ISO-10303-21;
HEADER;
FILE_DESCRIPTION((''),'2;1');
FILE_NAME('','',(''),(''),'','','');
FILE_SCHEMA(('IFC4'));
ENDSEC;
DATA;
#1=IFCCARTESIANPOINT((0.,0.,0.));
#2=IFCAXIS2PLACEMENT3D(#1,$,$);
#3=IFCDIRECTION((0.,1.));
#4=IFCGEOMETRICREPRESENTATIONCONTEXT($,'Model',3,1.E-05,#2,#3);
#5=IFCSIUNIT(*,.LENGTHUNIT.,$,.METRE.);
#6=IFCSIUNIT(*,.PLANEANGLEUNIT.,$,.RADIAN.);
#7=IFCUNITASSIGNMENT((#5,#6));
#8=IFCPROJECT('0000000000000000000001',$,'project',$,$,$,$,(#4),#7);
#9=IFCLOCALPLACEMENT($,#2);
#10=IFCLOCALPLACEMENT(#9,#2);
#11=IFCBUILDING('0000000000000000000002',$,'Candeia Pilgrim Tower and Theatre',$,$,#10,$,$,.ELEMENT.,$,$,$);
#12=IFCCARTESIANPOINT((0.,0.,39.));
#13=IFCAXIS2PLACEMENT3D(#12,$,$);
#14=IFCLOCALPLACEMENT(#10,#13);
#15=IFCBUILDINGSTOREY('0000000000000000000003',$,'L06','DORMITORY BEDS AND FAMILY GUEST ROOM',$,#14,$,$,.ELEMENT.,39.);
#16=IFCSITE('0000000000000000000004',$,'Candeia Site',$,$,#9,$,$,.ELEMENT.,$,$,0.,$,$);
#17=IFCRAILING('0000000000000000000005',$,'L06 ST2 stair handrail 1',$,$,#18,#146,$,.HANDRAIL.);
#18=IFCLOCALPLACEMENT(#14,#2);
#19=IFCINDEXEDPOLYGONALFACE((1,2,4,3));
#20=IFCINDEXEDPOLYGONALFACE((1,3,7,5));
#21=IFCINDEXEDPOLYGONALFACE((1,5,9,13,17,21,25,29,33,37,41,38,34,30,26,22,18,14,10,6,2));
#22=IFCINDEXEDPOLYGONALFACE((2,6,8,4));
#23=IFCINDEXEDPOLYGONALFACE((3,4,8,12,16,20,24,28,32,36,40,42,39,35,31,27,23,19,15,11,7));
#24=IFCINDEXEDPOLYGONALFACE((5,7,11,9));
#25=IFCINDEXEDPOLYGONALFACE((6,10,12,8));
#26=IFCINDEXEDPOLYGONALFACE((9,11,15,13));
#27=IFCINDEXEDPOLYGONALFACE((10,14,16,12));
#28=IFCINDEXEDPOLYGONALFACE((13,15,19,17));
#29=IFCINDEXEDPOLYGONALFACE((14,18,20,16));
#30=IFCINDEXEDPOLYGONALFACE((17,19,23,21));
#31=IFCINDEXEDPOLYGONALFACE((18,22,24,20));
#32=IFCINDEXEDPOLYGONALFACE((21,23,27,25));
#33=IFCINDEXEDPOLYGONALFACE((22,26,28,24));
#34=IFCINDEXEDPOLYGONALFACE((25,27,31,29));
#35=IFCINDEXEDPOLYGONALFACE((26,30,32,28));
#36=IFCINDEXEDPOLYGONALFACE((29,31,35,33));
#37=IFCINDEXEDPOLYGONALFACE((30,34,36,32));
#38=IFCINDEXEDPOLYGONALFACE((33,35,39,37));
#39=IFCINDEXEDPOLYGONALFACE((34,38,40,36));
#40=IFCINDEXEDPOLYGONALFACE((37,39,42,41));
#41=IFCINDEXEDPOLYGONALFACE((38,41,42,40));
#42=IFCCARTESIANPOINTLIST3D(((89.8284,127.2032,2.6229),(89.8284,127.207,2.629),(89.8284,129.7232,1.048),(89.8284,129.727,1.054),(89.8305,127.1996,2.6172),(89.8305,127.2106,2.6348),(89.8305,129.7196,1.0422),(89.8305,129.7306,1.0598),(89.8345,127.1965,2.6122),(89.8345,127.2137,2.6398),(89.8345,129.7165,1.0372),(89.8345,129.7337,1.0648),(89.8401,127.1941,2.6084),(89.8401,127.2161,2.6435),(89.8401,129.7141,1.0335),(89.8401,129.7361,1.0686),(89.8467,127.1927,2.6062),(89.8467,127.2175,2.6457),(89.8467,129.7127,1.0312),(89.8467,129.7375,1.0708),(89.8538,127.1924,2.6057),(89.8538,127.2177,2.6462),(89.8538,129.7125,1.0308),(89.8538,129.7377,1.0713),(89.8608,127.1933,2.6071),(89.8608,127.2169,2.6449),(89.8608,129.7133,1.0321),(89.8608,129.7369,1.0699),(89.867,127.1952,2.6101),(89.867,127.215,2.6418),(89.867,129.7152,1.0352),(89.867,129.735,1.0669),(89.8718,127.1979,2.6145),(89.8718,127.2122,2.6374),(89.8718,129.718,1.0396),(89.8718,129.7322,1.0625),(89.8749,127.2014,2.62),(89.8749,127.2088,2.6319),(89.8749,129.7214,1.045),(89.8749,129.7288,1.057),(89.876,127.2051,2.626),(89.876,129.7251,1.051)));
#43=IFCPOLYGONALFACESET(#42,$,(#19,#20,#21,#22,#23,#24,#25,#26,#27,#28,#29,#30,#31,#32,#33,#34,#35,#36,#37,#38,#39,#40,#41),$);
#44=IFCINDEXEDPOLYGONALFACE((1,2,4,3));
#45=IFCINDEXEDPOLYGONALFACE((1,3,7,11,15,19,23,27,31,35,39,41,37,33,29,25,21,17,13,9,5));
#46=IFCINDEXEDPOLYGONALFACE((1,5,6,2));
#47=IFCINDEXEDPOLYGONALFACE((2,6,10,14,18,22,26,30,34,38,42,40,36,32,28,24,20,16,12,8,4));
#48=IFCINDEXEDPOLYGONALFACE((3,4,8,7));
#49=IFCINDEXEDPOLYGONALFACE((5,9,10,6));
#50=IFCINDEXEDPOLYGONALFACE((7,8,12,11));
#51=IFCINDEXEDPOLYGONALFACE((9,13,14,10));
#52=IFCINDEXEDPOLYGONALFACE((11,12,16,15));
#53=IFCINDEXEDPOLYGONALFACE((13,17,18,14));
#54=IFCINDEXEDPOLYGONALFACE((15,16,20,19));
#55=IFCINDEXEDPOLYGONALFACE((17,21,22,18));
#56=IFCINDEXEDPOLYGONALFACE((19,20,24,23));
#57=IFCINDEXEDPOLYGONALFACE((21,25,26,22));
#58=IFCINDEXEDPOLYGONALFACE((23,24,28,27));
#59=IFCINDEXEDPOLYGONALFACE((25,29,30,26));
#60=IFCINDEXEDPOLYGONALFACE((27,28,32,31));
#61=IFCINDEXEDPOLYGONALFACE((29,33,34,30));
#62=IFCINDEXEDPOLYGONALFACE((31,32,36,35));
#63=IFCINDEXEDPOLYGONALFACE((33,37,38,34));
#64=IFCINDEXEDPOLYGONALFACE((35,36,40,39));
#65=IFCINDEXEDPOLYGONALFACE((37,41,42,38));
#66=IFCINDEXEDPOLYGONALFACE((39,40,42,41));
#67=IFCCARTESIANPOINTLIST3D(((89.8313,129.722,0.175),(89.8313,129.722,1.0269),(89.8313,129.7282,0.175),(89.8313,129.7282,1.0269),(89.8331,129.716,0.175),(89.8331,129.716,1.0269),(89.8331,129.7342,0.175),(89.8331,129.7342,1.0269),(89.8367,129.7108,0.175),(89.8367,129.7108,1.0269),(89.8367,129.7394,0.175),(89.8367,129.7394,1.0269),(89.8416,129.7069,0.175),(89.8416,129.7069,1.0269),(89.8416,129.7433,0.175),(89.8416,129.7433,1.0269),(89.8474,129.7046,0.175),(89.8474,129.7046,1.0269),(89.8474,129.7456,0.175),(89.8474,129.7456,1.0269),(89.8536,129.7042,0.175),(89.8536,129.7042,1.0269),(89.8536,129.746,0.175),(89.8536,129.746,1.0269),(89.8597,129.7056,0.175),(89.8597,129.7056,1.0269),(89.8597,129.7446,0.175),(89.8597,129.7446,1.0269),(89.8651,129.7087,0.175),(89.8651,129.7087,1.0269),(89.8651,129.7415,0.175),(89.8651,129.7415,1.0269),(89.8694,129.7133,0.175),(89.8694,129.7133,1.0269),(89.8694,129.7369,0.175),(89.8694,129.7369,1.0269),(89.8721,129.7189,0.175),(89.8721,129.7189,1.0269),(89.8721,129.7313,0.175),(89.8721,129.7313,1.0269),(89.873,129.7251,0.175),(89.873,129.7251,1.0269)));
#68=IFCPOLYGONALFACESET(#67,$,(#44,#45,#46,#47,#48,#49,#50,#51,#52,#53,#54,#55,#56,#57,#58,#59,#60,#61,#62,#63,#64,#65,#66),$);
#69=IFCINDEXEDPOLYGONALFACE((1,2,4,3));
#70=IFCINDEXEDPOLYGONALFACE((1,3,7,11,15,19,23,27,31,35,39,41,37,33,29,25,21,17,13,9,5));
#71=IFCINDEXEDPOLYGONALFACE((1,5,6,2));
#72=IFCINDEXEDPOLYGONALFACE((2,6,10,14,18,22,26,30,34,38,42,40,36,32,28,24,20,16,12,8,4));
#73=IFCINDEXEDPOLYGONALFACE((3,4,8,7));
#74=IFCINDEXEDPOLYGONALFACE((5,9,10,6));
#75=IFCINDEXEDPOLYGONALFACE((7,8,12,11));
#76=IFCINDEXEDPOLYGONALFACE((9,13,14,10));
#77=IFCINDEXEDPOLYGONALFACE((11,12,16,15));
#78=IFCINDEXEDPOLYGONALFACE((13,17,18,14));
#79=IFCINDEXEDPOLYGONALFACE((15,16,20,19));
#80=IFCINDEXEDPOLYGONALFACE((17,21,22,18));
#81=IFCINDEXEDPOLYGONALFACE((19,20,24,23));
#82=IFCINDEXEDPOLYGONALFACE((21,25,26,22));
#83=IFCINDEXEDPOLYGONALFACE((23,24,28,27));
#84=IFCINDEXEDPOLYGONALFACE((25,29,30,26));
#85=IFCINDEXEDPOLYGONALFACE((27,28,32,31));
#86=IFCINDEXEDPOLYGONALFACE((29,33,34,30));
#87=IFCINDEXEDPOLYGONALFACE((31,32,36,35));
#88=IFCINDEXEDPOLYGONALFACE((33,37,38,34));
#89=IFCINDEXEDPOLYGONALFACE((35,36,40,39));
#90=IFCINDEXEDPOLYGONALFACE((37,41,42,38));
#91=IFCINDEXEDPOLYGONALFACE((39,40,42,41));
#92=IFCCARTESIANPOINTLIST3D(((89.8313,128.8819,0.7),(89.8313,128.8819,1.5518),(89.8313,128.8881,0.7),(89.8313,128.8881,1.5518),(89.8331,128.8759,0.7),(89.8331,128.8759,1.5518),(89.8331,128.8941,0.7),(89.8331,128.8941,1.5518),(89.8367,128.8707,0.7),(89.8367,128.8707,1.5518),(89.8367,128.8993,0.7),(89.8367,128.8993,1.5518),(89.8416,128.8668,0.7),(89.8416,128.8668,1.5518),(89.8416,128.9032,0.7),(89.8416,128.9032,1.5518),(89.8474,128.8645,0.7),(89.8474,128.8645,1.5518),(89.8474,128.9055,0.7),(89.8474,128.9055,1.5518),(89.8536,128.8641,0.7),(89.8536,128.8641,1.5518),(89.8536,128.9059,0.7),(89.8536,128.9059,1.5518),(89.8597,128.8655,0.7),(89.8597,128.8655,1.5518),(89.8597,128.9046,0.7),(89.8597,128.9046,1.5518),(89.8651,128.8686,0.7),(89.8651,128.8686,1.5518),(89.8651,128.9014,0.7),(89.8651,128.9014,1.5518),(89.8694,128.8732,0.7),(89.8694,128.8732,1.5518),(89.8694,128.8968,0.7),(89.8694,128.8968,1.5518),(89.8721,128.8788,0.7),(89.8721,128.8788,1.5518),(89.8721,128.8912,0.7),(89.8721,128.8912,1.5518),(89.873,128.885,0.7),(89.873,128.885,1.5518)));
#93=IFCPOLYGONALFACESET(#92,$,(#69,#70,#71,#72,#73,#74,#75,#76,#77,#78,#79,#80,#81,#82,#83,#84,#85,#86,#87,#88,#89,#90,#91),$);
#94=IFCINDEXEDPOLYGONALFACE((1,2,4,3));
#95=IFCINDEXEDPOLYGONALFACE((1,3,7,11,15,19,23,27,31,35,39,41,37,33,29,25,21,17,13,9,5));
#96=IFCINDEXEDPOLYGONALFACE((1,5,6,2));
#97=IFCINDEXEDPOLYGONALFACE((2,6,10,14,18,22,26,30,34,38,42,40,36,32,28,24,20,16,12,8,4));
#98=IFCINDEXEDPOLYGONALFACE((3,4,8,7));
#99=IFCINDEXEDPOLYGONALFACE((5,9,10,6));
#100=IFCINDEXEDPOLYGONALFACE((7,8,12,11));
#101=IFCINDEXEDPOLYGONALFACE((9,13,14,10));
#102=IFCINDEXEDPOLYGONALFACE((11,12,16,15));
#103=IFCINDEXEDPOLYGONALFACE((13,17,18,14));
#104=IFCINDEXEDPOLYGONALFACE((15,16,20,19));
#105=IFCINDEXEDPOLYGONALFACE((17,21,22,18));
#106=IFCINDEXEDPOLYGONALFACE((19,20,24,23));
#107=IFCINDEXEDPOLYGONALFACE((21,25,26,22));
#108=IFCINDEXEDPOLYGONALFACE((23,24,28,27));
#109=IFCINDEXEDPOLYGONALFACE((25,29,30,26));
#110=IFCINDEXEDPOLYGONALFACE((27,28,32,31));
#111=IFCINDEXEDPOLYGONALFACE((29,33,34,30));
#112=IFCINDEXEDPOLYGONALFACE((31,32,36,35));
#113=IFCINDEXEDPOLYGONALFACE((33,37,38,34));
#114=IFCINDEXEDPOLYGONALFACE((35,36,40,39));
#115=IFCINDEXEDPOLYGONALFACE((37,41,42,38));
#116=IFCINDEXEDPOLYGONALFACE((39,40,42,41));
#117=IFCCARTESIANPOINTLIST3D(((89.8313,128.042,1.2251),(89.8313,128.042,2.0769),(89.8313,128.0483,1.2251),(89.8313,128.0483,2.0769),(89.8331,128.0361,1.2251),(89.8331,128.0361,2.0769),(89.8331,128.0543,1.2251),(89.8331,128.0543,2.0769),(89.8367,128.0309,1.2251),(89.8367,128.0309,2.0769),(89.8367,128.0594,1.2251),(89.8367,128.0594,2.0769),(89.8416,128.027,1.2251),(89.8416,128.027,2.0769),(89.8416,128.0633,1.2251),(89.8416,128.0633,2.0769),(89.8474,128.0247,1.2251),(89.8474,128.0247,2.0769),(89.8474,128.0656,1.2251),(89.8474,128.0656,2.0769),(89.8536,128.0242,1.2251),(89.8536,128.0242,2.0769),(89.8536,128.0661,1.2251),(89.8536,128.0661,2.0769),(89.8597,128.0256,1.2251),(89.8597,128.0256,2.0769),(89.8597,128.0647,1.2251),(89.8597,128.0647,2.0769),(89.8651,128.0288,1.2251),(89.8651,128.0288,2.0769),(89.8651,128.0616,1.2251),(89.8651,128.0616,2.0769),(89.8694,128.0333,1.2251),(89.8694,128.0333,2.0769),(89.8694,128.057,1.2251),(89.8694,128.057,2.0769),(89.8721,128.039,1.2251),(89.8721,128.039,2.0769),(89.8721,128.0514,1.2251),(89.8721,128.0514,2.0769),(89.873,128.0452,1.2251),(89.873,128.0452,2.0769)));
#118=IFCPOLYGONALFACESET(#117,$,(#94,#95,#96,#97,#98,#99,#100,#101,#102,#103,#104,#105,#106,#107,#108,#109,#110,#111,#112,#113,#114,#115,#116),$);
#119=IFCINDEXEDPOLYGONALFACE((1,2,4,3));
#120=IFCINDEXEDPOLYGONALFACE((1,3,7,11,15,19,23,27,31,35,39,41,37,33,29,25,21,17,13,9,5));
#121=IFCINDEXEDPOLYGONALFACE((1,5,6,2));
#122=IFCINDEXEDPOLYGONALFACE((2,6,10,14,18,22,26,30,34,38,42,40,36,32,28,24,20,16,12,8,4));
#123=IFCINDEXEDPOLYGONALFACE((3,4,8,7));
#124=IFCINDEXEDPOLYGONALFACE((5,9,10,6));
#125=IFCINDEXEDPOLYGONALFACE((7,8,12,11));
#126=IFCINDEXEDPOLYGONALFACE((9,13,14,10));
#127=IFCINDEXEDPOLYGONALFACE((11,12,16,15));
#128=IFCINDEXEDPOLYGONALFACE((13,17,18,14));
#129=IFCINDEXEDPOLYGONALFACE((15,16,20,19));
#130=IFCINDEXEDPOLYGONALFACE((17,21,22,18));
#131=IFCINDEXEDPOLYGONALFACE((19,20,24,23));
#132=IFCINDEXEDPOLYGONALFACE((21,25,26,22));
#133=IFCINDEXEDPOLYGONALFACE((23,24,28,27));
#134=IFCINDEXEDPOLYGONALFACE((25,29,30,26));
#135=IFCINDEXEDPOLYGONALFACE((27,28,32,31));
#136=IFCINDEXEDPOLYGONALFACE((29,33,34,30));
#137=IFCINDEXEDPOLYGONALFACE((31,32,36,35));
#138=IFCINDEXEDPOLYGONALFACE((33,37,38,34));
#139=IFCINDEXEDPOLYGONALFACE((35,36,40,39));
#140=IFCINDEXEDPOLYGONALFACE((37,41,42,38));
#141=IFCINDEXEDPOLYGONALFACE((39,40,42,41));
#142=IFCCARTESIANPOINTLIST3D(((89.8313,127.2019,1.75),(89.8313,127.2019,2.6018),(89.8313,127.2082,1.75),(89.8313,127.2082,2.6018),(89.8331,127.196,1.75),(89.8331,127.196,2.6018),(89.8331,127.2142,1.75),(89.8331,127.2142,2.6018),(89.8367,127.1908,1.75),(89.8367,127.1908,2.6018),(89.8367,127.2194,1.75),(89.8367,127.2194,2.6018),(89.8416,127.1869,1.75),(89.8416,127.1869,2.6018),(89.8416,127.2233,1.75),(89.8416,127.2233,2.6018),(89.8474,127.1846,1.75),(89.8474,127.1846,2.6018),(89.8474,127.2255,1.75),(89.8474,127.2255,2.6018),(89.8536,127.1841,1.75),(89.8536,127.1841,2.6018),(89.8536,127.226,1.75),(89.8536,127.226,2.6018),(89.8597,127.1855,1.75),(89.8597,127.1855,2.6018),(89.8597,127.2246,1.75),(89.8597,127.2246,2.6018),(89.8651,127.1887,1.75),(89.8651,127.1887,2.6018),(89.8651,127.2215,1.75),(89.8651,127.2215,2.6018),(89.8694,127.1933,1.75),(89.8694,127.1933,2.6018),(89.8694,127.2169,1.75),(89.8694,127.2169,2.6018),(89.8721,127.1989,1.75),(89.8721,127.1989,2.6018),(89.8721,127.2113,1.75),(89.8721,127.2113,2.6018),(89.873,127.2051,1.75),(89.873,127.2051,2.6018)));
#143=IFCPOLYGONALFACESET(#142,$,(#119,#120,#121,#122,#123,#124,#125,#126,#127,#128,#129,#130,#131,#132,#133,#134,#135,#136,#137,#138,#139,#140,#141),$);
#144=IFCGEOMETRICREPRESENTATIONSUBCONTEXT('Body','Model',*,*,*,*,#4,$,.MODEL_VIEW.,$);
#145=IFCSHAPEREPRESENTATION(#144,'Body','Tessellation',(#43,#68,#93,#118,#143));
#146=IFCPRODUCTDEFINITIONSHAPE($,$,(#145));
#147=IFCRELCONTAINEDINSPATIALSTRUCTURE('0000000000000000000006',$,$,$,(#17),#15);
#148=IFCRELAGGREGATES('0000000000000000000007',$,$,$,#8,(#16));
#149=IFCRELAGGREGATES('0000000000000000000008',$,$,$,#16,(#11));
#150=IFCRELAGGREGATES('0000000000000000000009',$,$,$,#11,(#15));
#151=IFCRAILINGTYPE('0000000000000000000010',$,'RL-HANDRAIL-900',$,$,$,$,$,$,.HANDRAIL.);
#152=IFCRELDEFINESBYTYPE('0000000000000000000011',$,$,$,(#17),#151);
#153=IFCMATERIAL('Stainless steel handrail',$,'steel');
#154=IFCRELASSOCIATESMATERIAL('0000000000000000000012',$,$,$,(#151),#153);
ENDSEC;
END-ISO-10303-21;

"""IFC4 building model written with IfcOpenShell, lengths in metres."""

from ifc_helpers import new_model, si_unit, direction, frame, origin, origin_2d, place, context, subcontext, project, spatial, circle, extrude, material, type_object, element, save


model = new_model("IFC4")

# Units and contexts
model_context = context("Model", 3, precision=1e-05, world=origin(), true_north=direction((0.0, 1.0)))
body_context = subcontext(model_context, "Body", "Model", "MODEL_VIEW")
ifc_project = project(units=[si_unit("LENGTHUNIT", "METRE"), si_unit("PLANEANGLEUNIT", "RADIAN")], contexts=[model_context])

# Site, building, storey
site_placement = place(None, origin())
site = spatial("IfcSite", under=ifc_project, at=site_placement, Name="Candeia Site", CompositionType="ELEMENT", RefElevation=0.0)
building_placement = place(site_placement, origin())
building = spatial("IfcBuilding", under=site, at=building_placement, Name="Candeia Pilgrim Tower and Theatre", CompositionType="ELEMENT")
storey_placement = place(building_placement, frame((0.0, 0.0, 39.0)))
storey = spatial("IfcBuildingStorey", under=building, at=storey_placement, Name="L06", Description="DORMITORY BEDS AND FAMILY GUEST ROOM", CompositionType="ELEMENT", Elevation=39.0)

# Railing
ifc_material_1 = material(Name="Stainless steel handrail", Category="steel")
railing_type_1 = type_object("IfcRailingType", Name="RL-HANDRAIL-900", PredefinedType="HANDRAIL", material=ifc_material_1)
railing_1_placement = place(storey_placement, frame((89.8521, 129.7251, 0.175)))
element("IfcRailing", 1, at=railing_1_placement, inside=storey, type_object=railing_type_1, Name="L06 ST2 stair handrail 1", PredefinedType="HANDRAIL", context=body_context, shape_type="SweptSolid", body=[
    extrude(circle(Radius=0.0239, at=origin_2d()), frame((0.0, 0.0, 0.876), z_axis=(0.0, -0.848008, 0.529984), x_axis=(1.0, 0.0, 0.0)), (0.0, 0.0, 1.0), 2.9717),
    extrude(circle(Radius=0.021, at=origin_2d()), origin(), (0.0, 0.0, 1.0), 0.8518),
    extrude(circle(Radius=0.021, at=origin_2d()), frame((0.0, -0.8401, 0.5249)), (0.0, 0.0, 1.0), 0.8518),
    extrude(circle(Radius=0.021, at=origin_2d()), frame((0.0, -1.6799, 1.05)), (0.0, 0.0, 1.0), 0.8518),
    extrude(circle(Radius=0.021, at=origin_2d()), frame((0.0, -2.52, 1.575)), (0.0, 0.0, 1.0), 0.8518),
])

save(model, "model.ifc")
